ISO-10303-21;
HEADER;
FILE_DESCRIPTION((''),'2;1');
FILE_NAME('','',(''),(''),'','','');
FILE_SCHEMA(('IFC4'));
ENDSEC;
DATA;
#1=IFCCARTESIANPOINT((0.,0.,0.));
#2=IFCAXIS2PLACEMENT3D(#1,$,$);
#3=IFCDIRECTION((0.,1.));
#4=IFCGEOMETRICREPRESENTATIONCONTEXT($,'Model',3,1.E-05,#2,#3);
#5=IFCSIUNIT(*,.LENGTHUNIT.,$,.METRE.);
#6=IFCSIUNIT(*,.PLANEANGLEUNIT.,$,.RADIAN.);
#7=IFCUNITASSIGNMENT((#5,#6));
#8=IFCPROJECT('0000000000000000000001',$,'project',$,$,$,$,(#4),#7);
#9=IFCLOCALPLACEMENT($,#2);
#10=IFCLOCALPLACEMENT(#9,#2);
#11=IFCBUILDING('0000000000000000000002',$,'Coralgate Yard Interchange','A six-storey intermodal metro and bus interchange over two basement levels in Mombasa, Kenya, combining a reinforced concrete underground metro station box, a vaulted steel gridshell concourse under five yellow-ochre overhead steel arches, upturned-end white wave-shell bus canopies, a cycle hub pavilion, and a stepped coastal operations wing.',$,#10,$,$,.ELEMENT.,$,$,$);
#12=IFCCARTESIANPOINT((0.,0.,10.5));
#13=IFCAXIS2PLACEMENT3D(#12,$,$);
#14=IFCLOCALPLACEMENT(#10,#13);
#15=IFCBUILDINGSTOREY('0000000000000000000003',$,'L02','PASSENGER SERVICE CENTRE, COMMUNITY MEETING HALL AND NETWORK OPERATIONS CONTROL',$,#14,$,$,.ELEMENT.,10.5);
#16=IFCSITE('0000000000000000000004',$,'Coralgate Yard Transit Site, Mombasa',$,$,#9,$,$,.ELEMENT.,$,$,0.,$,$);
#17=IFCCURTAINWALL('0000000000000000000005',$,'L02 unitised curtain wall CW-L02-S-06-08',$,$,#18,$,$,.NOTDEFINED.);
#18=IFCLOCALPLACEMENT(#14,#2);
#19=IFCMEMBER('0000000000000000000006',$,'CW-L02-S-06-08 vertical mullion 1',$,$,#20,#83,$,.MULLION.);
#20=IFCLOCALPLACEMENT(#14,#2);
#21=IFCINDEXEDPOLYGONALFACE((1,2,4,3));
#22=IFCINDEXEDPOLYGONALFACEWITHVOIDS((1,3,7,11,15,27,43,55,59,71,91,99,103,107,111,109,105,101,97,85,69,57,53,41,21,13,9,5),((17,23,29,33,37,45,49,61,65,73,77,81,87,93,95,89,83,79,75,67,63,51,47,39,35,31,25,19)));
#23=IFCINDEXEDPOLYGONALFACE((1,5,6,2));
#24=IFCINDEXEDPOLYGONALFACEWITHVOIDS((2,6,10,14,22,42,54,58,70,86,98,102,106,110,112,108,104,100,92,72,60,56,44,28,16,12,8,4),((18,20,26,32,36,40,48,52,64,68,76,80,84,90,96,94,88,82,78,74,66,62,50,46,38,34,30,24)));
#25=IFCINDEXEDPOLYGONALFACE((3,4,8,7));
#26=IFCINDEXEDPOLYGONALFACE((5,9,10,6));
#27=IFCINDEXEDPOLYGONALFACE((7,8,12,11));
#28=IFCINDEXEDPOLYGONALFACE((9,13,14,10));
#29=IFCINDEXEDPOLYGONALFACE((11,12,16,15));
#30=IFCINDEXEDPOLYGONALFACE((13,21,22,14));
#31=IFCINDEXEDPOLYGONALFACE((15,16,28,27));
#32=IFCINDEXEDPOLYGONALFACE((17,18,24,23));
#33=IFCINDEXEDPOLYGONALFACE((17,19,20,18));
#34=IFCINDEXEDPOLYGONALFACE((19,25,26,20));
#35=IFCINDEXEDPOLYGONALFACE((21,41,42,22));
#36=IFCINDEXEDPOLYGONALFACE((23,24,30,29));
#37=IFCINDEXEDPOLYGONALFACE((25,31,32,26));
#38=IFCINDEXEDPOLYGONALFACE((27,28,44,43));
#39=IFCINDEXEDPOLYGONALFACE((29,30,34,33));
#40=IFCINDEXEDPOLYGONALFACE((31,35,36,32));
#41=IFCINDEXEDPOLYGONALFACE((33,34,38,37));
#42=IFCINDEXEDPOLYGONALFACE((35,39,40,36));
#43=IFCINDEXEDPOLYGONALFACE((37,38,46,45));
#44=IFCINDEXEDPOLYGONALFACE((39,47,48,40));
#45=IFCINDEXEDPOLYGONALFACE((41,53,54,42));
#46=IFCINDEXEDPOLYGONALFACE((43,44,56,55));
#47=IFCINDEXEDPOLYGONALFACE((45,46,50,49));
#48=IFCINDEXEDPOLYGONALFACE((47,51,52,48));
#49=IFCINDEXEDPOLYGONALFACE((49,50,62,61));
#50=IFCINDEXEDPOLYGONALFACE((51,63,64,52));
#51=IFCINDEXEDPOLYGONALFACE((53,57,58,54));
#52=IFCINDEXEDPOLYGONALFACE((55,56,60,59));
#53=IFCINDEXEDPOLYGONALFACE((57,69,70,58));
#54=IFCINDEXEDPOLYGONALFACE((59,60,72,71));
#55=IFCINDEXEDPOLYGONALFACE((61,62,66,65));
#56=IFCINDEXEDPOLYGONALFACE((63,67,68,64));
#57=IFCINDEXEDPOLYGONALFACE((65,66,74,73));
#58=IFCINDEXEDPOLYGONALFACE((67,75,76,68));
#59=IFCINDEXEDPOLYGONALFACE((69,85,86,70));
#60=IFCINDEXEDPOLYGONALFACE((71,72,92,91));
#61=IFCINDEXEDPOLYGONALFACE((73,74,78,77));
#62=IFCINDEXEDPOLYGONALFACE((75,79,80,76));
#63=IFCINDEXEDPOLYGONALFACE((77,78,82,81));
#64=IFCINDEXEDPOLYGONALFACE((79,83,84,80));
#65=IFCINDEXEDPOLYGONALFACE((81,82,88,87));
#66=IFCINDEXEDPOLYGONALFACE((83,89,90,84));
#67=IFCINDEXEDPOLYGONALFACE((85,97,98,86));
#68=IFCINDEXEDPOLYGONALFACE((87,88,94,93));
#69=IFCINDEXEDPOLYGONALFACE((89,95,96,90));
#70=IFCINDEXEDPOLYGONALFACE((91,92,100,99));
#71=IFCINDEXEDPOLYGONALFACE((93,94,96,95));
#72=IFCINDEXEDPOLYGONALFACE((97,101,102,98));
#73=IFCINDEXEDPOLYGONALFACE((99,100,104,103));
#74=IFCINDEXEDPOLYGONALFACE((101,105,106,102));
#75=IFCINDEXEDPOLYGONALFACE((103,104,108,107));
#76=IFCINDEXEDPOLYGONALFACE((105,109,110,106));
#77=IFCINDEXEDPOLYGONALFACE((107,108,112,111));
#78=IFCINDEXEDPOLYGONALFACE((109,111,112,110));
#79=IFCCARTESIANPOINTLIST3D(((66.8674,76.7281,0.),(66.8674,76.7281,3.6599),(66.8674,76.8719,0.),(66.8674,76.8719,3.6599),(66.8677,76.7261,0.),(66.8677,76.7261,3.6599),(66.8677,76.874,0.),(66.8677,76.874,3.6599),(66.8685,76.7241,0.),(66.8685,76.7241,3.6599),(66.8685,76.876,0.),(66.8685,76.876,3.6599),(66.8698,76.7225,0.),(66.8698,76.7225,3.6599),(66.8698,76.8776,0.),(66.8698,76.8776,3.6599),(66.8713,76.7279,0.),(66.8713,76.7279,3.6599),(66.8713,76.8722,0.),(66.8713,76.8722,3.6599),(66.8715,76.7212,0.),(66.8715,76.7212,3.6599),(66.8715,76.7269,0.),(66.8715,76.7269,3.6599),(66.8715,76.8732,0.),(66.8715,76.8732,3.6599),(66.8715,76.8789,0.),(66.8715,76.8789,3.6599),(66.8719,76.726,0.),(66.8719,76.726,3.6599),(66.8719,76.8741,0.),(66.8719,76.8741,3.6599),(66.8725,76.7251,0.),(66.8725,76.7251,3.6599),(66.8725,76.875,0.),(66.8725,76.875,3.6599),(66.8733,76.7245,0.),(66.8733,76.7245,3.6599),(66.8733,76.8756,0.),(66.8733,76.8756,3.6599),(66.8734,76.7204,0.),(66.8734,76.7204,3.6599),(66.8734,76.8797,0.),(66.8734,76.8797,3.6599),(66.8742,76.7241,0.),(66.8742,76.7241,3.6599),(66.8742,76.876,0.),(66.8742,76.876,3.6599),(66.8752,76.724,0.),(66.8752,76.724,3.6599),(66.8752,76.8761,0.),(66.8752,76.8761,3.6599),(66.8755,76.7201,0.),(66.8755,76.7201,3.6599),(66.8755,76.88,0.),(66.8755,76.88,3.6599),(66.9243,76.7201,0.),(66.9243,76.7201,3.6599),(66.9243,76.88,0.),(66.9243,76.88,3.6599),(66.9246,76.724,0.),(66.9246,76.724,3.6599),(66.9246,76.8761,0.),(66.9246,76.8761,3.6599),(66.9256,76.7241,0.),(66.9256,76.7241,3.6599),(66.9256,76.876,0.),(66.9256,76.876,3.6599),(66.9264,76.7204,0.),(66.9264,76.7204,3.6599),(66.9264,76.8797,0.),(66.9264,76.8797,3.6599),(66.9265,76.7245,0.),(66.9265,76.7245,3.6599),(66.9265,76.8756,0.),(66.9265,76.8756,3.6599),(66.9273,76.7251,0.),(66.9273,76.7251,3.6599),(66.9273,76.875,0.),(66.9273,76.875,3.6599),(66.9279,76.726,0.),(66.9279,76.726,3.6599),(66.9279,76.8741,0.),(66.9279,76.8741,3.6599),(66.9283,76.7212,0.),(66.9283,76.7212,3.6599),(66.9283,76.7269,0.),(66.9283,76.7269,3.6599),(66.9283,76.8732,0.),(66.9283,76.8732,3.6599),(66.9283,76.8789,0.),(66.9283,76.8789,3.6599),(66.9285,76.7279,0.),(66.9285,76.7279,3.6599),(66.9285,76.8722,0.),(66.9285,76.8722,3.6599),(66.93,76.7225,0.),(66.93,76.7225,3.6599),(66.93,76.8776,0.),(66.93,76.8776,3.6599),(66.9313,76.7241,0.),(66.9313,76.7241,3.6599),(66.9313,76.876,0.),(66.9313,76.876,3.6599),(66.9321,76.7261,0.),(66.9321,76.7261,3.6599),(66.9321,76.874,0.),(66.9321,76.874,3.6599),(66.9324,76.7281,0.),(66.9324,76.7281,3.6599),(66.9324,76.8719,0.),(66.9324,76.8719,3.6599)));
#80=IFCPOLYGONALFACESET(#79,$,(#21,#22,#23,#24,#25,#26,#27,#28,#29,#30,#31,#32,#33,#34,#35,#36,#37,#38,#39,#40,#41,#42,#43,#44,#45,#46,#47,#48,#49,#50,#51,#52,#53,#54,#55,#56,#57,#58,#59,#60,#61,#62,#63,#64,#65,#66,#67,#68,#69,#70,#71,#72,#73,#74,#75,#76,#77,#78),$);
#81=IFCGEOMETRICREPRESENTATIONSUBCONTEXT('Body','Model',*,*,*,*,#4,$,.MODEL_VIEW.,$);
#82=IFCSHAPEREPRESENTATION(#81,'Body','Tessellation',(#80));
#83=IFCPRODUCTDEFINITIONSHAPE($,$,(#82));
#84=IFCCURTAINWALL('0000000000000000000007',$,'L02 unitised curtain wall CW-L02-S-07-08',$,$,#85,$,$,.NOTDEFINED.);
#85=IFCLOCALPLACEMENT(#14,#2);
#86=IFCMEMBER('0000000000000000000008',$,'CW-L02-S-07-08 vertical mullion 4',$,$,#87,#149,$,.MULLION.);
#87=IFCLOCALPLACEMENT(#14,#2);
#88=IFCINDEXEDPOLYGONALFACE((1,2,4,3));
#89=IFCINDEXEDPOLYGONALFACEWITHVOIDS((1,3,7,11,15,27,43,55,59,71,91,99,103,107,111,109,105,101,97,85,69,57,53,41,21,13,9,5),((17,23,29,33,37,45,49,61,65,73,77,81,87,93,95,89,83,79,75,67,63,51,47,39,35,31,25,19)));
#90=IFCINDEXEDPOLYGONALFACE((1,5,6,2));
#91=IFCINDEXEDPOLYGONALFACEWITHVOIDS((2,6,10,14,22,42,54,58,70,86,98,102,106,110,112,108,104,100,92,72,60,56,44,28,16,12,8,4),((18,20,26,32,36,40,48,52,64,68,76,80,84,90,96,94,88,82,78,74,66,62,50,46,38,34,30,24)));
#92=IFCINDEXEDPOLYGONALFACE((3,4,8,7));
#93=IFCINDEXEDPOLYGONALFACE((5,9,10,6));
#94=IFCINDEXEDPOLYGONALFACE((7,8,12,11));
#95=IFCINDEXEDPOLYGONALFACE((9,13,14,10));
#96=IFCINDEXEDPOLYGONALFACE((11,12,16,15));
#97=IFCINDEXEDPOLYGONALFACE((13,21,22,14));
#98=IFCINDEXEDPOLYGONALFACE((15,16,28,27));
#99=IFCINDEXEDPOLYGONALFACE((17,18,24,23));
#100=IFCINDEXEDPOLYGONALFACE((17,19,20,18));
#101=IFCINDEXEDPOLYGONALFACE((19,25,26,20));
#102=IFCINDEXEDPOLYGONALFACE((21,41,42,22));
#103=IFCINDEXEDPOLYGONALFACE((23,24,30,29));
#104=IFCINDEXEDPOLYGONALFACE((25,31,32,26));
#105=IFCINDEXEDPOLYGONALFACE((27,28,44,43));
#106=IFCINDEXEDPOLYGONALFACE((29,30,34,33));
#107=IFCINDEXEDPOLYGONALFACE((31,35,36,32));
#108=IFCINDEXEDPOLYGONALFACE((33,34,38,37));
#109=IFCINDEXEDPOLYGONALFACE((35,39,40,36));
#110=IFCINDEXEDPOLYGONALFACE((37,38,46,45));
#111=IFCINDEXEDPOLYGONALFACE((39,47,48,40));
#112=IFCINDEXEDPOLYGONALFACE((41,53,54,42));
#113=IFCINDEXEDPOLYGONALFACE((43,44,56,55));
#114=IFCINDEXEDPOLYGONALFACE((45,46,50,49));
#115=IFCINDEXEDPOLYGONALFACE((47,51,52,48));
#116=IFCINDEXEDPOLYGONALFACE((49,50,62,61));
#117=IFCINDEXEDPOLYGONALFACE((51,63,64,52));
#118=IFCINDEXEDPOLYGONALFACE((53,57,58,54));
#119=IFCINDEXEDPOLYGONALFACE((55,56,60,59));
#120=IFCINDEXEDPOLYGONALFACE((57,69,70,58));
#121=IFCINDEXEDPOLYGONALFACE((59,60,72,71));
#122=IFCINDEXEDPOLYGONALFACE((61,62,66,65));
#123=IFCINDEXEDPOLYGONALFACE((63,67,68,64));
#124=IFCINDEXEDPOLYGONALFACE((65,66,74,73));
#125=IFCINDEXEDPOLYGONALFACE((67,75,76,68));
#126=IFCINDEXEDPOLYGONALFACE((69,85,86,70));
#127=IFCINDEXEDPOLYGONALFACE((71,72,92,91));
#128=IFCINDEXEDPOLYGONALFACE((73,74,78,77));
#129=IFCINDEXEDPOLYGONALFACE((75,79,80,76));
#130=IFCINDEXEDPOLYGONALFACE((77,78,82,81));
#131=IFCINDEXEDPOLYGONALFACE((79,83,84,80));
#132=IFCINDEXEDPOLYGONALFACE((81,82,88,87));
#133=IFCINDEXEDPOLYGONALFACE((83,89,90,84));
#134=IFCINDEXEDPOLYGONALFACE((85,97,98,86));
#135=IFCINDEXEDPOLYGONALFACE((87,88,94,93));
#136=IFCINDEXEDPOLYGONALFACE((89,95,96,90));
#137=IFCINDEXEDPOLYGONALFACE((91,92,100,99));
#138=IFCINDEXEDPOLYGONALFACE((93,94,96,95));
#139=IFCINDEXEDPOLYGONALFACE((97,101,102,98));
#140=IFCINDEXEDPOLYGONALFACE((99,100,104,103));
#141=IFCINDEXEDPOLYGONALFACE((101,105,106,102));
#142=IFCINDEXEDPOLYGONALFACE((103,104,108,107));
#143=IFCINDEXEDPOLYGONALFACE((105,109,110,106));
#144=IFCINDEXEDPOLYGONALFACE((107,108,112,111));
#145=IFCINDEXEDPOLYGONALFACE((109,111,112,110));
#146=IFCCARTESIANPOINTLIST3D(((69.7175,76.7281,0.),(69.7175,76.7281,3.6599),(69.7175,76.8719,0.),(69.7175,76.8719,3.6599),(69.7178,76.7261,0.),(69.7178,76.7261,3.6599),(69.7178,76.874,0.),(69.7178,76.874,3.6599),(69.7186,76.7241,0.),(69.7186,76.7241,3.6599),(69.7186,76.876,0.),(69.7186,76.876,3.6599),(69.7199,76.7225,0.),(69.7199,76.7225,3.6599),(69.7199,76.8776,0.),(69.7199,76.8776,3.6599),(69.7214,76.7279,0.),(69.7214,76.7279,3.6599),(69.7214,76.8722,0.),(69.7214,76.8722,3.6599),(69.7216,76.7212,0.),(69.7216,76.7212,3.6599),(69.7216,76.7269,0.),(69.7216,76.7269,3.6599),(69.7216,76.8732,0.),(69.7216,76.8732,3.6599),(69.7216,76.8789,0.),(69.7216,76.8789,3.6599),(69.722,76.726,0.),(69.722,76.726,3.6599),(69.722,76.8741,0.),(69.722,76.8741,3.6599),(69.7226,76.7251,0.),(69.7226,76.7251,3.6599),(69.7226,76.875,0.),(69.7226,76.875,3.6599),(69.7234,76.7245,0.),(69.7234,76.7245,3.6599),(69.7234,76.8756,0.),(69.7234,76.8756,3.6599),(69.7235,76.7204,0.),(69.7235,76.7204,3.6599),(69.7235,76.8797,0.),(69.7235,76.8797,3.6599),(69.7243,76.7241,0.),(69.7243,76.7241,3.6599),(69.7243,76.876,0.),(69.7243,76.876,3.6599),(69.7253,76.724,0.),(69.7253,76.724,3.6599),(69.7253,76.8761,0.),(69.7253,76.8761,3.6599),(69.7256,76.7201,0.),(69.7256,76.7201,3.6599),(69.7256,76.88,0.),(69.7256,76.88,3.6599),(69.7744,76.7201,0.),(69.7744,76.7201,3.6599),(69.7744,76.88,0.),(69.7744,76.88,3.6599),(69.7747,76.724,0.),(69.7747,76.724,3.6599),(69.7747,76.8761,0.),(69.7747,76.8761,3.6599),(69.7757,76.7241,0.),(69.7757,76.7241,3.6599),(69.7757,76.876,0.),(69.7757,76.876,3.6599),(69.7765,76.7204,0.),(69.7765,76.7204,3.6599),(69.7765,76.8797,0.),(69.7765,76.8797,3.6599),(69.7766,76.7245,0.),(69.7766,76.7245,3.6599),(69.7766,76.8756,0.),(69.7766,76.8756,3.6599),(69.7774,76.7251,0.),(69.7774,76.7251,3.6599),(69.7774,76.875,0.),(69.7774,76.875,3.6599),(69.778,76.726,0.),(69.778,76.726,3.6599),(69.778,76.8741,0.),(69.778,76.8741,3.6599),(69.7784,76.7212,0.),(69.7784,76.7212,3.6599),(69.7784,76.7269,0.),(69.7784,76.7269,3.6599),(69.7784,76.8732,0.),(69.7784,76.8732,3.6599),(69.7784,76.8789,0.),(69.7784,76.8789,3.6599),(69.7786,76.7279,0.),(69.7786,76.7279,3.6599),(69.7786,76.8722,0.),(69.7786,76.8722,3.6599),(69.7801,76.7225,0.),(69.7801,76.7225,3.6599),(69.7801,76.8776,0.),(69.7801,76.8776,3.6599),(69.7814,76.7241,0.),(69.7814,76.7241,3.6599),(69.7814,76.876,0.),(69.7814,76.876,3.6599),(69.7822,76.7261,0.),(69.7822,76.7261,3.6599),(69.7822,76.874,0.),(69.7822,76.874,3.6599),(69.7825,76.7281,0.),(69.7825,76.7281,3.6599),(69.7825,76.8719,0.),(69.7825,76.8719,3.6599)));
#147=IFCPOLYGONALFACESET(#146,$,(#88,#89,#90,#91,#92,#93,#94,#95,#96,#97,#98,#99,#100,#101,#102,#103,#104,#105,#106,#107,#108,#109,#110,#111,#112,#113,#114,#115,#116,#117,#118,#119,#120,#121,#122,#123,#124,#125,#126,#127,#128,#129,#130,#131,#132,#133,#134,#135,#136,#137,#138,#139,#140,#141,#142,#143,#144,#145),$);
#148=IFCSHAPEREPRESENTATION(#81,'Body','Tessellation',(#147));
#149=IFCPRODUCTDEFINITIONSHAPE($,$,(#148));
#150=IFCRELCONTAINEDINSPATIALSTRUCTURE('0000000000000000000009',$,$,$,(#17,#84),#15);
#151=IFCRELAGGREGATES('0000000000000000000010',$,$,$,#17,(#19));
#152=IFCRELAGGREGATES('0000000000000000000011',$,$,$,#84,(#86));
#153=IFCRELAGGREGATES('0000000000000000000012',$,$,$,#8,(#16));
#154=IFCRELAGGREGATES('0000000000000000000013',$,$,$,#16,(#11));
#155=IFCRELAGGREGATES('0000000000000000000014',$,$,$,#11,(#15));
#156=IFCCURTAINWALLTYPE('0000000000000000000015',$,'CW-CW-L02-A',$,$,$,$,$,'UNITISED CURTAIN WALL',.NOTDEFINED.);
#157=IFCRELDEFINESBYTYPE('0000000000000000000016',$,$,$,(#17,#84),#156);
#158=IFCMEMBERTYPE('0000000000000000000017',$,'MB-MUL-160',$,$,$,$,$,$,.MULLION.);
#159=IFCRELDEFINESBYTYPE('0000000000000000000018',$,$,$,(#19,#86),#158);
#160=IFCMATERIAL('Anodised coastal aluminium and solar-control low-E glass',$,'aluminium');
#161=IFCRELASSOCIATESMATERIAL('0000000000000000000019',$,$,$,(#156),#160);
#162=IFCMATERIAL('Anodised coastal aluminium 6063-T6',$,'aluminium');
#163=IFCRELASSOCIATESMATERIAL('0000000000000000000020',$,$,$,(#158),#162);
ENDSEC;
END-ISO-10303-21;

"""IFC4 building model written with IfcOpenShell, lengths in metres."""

from ifc_helpers import new_model, si_unit, direction, frame, origin, origin_2d, place, context, subcontext, project, spatial, hollow_rectangle, extrude, material, material_profile, profile_set, type_object, element, aggregate, save


model = new_model("IFC4")

# Units and contexts
model_context = context("Model", 3, precision=1e-05, world=origin(), true_north=direction((0.0, 1.0)))
body_context = subcontext(model_context, "Body", "Model", "MODEL_VIEW")
ifc_project = project(units=[si_unit("LENGTHUNIT", "METRE"), si_unit("PLANEANGLEUNIT", "RADIAN")], contexts=[model_context])

# Site, building, storey
site_placement = place(None, origin())
site = spatial("IfcSite", under=ifc_project, at=site_placement, Name="Coralgate Yard Transit Site, Mombasa", CompositionType="ELEMENT", RefElevation=0.0)
building_placement = place(site_placement, origin())
building = spatial("IfcBuilding", under=site, at=building_placement, Name="Coralgate Yard Interchange", Description="A six-storey intermodal metro and bus interchange over two basement levels in Mombasa, Kenya, combining a reinforced concrete underground metro station box, a vaulted steel gridshell concourse under five yellow-ochre overhead steel arches, upturned-end white wave-shell bus canopies, a cycle hub pavilion, and a stepped coastal operations wing.", CompositionType="ELEMENT")
storey_placement = place(building_placement, frame((0.0, 0.0, 10.5)))
storey = spatial("IfcBuildingStorey", under=building, at=storey_placement, Name="L02", Description="PASSENGER SERVICE CENTRE, COMMUNITY MEETING HALL AND NETWORK OPERATIONS CONTROL", CompositionType="ELEMENT", Elevation=10.5)

# Curtain wall, member
ifc_material_1 = material(Name="Anodised coastal aluminium and solar-control low-E glass", Category="aluminium")
curtain_wall_type = type_object("IfcCurtainWallType", Name="CW-CW-L02-A", ElementType="UNITISED CURTAIN WALL", PredefinedType="NOTDEFINED", material=ifc_material_1)
curtain_wall_1_placement = place(storey_placement, origin())
curtain_wall_1 = element("IfcCurtainWall", 1, at=curtain_wall_1_placement, inside=storey, type_object=curtain_wall_type, Name="L02 unitised curtain wall CW-L02-S-06-08", PredefinedType="NOTDEFINED")
ifc_material_2 = material(Name="Anodised coastal aluminium 6063-T6", Category="aluminium")
ifc_material_profile_1 = material_profile(ifc_material_2, hollow_rectangle(XDim=0.0649, YDim=0.1599, WallThickness=0.0039, InnerFilletRadius=0.0039, OuterFilletRadius=0.0081, at=origin_2d()), Name="ALU 65x160x4")
ifc_profile_set_1 = profile_set([ifc_material_profile_1], Name="Anodised coastal aluminium 6063-T6")
member_type_1 = type_object("IfcMemberType", Name="MB-MUL-160", PredefinedType="MULLION", material=ifc_profile_set_1)
member_1_placement = place(storey_placement, frame((66.8999, 76.8, 0.0), z_axis=(0.0, 0.0, 1.0), x_axis=(1.0, 0.0, 0.0)))
member_1 = element("IfcMember", 2, at=member_1_placement, type_object=member_type_1, Name="CW-L02-S-06-08 vertical mullion 1", PredefinedType="MULLION", context=body_context, shape_type="SweptSolid", body=[
    extrude(hollow_rectangle(XDim=0.0649, YDim=0.1599, WallThickness=0.0039, InnerFilletRadius=0.0039, OuterFilletRadius=0.0081, at=origin_2d()), origin(), (0.0, 0.0, 1.0), 3.6599),
])

# Curtain wall, member
curtain_wall_2_placement = place(storey_placement, origin())
curtain_wall_2 = element("IfcCurtainWall", 3, at=curtain_wall_2_placement, inside=storey, type_object=curtain_wall_type, Name="L02 unitised curtain wall CW-L02-S-07-08", PredefinedType="NOTDEFINED")
member_2_placement = place(storey_placement, frame((69.75, 76.8, 0.0), z_axis=(0.0, 0.0, 1.0), x_axis=(1.0, 0.0, 0.0)))
member_2 = element("IfcMember", 4, at=member_2_placement, type_object=member_type_1, Name="CW-L02-S-07-08 vertical mullion 4", PredefinedType="MULLION", context=body_context, shape_type="SweptSolid", body=[
    extrude(hollow_rectangle(XDim=0.0649, YDim=0.1599, WallThickness=0.0039, InnerFilletRadius=0.0039, OuterFilletRadius=0.0081, at=origin_2d()), origin(), (0.0, 0.0, 1.0), 3.6599),
])

aggregate(curtain_wall_1, [member_1])

aggregate(curtain_wall_2, [member_2])

save(model, "model.ifc")
